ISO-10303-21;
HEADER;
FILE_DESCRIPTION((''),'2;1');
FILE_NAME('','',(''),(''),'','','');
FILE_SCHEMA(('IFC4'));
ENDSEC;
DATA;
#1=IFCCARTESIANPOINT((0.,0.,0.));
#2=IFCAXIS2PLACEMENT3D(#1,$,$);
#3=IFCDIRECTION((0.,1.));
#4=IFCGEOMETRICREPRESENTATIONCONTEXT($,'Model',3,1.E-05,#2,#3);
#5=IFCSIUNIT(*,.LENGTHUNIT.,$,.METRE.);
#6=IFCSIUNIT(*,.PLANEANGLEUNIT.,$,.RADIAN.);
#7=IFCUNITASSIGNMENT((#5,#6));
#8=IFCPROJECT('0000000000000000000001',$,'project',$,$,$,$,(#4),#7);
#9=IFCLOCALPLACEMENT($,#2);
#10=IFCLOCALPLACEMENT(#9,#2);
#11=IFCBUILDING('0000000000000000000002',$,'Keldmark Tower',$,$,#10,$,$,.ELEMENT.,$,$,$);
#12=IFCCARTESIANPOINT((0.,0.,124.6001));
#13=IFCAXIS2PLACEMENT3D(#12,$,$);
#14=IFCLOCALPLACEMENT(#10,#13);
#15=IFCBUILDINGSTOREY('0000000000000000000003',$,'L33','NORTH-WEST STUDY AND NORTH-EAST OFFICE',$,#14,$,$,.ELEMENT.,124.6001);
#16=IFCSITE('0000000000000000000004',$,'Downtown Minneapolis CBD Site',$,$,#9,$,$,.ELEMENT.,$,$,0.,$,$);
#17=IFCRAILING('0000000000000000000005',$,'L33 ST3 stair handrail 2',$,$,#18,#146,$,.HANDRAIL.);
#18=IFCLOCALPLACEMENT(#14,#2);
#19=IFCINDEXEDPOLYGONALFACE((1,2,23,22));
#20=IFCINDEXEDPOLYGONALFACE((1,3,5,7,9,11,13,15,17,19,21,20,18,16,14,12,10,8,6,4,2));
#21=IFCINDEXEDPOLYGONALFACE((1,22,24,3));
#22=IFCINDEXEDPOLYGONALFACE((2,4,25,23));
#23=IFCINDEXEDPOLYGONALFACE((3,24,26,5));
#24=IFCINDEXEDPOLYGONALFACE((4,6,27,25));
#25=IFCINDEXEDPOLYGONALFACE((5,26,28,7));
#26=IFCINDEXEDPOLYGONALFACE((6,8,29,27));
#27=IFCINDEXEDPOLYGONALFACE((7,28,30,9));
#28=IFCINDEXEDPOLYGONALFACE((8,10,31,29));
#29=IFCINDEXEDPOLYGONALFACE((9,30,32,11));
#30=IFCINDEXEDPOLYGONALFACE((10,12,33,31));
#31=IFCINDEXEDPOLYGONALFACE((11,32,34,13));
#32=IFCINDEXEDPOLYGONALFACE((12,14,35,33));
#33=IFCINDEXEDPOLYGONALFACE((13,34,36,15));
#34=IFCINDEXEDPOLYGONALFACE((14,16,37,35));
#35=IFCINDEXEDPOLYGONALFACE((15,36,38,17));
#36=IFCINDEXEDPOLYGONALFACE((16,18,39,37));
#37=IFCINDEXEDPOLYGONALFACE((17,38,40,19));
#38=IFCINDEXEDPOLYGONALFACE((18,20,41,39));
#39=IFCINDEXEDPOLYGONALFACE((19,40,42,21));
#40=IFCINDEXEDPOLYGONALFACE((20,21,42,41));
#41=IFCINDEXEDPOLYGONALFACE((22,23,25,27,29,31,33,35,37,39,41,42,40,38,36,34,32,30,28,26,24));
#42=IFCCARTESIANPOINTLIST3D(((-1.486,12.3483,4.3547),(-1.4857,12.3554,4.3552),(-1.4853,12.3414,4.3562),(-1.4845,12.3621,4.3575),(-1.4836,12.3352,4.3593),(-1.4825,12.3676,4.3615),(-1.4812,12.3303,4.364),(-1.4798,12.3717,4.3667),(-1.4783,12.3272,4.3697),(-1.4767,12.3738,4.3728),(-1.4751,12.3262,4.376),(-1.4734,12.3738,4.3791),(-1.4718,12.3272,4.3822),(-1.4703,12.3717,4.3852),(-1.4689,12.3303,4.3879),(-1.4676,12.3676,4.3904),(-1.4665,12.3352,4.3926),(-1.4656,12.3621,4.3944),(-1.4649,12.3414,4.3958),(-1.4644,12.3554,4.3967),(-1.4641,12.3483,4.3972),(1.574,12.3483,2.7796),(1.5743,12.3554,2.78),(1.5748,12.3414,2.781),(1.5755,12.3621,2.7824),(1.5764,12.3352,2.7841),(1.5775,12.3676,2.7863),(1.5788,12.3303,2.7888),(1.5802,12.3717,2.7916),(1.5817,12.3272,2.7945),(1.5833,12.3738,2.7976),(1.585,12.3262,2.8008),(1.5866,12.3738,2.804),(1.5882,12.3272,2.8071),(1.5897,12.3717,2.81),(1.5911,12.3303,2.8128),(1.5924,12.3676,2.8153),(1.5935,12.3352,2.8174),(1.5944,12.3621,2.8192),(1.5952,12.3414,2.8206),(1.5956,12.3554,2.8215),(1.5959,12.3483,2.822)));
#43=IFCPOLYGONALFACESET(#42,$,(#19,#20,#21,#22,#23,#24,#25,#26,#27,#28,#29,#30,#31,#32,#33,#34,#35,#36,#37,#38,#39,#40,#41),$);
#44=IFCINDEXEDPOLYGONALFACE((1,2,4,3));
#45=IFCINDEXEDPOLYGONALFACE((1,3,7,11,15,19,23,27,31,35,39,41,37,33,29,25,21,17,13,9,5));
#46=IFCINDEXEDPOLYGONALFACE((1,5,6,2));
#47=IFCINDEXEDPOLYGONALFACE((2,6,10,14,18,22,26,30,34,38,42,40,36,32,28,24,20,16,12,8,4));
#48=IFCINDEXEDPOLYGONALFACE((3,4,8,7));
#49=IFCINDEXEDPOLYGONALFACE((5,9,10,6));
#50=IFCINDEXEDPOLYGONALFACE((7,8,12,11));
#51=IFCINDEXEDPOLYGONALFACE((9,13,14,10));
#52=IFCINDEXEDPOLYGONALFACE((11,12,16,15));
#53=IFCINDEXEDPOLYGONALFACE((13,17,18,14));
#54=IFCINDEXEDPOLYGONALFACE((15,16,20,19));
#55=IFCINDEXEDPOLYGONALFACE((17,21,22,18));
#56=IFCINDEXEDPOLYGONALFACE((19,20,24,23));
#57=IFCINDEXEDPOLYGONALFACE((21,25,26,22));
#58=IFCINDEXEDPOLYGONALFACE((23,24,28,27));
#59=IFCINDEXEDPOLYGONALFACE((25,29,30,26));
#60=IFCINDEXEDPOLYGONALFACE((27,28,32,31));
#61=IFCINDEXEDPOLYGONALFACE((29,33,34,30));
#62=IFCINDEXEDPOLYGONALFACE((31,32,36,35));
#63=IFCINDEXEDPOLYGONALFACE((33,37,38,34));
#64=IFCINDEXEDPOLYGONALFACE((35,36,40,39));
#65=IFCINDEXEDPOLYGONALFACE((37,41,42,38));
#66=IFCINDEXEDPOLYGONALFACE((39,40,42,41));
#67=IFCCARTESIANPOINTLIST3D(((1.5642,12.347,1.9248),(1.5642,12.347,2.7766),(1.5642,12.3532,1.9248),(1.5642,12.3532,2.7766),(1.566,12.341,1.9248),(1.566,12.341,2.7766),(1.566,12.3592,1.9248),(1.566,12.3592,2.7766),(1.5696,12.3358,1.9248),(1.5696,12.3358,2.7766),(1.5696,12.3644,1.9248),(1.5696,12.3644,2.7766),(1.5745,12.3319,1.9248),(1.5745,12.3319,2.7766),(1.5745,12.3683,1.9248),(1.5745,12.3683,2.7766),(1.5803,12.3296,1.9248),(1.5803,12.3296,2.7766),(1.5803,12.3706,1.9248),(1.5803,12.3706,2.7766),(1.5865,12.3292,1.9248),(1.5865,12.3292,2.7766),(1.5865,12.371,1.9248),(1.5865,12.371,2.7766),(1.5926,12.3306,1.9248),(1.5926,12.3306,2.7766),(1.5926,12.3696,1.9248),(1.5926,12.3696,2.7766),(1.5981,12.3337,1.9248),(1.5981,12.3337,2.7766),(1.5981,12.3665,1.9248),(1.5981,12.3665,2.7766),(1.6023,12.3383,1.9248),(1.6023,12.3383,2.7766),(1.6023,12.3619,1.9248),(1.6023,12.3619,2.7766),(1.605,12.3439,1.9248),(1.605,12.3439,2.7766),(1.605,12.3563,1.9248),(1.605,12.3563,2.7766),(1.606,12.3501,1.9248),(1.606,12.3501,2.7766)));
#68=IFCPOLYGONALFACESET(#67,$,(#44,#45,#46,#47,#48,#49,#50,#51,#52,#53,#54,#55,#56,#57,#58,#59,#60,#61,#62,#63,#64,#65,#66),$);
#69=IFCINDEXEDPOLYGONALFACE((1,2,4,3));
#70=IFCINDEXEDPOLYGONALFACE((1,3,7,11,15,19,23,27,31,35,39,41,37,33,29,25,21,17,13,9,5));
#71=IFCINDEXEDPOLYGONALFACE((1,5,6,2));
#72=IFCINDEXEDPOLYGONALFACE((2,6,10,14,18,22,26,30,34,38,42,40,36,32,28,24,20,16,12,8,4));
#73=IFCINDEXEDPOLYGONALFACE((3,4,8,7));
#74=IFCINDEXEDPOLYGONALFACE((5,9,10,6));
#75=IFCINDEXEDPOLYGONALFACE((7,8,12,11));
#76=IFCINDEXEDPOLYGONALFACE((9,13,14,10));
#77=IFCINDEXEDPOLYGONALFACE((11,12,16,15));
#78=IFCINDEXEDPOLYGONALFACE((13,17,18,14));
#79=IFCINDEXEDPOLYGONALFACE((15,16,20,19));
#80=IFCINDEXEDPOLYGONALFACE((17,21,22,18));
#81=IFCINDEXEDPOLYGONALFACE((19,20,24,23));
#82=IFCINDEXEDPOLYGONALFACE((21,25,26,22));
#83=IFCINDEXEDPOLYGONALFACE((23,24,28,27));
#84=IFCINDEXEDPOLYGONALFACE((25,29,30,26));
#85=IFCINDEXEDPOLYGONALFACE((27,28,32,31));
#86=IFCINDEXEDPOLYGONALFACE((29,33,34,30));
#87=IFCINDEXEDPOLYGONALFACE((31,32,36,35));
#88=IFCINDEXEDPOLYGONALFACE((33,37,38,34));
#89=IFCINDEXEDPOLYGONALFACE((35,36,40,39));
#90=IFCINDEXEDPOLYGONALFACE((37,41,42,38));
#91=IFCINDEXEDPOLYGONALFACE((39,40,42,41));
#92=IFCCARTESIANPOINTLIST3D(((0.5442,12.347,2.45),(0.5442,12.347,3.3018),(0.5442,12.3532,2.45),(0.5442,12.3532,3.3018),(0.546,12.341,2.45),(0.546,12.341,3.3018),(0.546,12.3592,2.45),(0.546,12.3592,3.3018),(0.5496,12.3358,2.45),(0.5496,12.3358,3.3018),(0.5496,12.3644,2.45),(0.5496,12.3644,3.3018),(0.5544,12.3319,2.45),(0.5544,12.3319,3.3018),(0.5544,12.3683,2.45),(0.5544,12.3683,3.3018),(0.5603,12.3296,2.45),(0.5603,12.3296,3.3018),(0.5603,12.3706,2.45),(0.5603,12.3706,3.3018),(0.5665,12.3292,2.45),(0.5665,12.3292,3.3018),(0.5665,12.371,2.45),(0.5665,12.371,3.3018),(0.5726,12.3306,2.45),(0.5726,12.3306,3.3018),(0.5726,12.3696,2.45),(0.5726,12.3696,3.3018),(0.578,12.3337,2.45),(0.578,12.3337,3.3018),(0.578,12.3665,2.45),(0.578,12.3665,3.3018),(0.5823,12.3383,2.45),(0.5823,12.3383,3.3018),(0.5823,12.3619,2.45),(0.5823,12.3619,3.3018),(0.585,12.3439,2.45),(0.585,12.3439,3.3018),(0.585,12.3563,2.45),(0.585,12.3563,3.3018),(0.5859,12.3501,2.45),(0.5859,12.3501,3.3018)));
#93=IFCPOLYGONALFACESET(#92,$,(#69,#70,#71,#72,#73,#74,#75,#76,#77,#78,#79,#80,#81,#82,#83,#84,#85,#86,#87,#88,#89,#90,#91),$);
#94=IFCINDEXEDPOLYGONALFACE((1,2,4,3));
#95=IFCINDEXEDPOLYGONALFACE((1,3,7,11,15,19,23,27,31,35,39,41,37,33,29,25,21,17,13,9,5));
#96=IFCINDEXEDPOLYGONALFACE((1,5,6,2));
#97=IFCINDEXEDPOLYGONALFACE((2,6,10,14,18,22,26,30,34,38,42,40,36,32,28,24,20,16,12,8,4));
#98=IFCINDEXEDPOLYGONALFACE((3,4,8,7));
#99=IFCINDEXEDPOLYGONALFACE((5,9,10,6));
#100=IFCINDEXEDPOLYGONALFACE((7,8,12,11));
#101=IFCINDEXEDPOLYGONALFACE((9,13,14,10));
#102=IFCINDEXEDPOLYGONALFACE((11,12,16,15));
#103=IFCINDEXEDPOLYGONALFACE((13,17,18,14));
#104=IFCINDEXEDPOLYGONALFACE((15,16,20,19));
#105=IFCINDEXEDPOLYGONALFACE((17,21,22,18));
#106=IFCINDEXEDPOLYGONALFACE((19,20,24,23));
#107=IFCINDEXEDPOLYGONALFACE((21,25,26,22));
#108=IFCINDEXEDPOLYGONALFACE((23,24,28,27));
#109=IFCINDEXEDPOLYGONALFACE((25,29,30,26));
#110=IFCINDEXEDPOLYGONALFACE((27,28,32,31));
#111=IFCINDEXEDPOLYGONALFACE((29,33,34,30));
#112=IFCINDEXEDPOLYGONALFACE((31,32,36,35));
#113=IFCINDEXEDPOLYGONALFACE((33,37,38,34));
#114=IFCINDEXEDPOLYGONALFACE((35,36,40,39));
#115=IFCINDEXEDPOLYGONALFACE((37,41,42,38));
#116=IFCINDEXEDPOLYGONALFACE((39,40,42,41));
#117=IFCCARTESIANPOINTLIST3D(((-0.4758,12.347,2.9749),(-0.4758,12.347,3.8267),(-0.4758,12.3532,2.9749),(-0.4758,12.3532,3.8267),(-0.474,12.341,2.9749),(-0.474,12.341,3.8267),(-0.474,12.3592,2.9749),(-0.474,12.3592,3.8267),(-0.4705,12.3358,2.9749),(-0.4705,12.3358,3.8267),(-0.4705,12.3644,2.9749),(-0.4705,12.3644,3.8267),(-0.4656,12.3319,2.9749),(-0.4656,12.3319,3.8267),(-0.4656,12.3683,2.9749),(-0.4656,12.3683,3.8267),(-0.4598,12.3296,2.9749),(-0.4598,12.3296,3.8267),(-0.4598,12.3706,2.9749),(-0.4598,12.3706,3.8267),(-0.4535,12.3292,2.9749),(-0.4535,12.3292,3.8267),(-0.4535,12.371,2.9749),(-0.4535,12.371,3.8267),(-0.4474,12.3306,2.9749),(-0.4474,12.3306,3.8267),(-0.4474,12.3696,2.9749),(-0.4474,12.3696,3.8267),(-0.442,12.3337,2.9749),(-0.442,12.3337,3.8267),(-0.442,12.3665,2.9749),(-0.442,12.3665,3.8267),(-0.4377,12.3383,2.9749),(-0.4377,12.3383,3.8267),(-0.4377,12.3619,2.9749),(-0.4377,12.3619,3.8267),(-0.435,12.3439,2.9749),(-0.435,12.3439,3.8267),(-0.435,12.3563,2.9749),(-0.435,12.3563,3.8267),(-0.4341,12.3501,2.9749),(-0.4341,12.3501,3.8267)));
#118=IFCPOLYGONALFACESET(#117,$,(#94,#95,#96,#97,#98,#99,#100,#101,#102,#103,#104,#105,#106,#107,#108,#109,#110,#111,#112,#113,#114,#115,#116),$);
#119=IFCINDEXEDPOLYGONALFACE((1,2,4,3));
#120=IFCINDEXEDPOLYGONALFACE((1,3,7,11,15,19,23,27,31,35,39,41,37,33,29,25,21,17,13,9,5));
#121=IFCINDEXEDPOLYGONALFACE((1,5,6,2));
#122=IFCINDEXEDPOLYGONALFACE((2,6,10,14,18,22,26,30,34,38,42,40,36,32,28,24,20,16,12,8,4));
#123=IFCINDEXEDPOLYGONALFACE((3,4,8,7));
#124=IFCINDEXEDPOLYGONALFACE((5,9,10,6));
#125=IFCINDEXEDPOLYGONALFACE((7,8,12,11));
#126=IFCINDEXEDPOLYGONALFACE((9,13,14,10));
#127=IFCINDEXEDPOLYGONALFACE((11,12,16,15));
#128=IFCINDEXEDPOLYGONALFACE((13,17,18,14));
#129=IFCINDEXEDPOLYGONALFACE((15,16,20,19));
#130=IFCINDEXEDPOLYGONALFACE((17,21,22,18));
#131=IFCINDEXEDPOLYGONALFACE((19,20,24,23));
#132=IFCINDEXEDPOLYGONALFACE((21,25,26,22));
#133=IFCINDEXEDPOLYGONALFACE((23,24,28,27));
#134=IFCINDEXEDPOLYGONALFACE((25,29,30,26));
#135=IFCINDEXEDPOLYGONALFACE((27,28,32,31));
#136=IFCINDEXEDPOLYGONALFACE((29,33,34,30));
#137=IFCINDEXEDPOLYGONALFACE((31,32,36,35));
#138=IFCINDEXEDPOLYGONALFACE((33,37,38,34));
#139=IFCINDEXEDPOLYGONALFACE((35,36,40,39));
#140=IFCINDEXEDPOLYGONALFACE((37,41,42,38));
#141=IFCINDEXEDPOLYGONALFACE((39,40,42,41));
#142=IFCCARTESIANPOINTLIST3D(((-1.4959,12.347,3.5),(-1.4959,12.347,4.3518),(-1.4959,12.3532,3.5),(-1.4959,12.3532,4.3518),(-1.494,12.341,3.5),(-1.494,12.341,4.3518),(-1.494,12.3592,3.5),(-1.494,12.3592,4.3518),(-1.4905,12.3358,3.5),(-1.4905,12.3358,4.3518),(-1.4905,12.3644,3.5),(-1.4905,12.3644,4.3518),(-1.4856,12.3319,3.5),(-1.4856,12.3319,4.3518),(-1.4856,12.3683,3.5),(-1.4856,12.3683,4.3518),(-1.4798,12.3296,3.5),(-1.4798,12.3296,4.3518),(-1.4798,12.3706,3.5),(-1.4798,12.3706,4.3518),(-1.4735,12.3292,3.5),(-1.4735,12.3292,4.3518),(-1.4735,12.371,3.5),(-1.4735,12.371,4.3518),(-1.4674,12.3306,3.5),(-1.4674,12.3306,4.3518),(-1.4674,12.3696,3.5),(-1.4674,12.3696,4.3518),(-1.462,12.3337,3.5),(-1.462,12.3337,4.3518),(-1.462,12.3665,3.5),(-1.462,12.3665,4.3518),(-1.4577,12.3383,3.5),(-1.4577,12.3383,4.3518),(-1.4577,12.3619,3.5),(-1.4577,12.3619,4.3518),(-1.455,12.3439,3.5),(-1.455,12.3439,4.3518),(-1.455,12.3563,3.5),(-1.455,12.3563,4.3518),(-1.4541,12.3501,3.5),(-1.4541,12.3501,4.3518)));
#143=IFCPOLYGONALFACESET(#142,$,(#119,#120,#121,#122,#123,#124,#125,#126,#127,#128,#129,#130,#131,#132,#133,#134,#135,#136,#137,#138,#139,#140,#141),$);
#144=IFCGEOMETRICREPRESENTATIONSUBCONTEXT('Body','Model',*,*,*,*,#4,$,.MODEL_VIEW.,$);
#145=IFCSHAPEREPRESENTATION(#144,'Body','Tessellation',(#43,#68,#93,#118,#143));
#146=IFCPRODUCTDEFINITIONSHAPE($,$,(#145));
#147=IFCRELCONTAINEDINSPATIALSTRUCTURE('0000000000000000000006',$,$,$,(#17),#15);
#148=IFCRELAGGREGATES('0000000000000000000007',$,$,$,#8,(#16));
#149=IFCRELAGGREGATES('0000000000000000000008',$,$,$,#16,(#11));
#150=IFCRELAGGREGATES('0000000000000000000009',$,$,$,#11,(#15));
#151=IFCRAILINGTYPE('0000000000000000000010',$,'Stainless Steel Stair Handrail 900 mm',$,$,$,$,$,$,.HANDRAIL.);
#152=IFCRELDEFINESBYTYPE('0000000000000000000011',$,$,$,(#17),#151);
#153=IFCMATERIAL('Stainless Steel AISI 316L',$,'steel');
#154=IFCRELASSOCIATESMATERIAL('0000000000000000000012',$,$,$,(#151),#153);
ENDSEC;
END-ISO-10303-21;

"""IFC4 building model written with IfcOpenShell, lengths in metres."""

from ifc_helpers import new_model, si_unit, direction, frame, origin, origin_2d, place, context, subcontext, project, spatial, circle, extrude, material, type_object, element, save


model = new_model("IFC4")

# Units and contexts
model_context = context("Model", 3, precision=1e-05, world=origin(), true_north=direction((0.0, 1.0)))
body_context = subcontext(model_context, "Body", "Model", "MODEL_VIEW")
ifc_project = project(units=[si_unit("LENGTHUNIT", "METRE"), si_unit("PLANEANGLEUNIT", "RADIAN")], contexts=[model_context])

# Site, building, storey
site_placement = place(None, origin())
site = spatial("IfcSite", under=ifc_project, at=site_placement, Name="Downtown Minneapolis CBD Site", CompositionType="ELEMENT", RefElevation=0.0)
building_placement = place(site_placement, origin())
building = spatial("IfcBuilding", under=site, at=building_placement, Name="Keldmark Tower", CompositionType="ELEMENT")
storey_placement = place(building_placement, frame((0.0, 0.0, 124.6001)))
storey = spatial("IfcBuildingStorey", under=building, at=storey_placement, Name="L33", Description="NORTH-WEST STUDY AND NORTH-EAST OFFICE", CompositionType="ELEMENT", Elevation=124.6001)

# Railing
ifc_material_1 = material(Name="Stainless Steel AISI 316L", Category="steel")
railing_type_1 = type_object("IfcRailingType", Name="Stainless Steel Stair Handrail 900 mm", PredefinedType="HANDRAIL", material=ifc_material_1)
railing_1_placement = place(storey_placement, frame((1.585, 12.3501, 1.9248)))
element("IfcRailing", 1, at=railing_1_placement, inside=storey, type_object=railing_type_1, Name="L33 ST3 stair handrail 2", PredefinedType="HANDRAIL", context=body_context, shape_type="SweptSolid", body=[
    extrude(circle(Radius=0.0239, at=origin_2d()), frame((0.0, 0.0, 0.876), z_axis=(-0.889116, 0.0, 0.457681), x_axis=(0.0, -1.0, 0.0)), (0.0, 0.0, 1.0), 3.4417),
    extrude(circle(Radius=0.021, at=origin_2d()), origin(), (0.0, 0.0, 1.0), 0.8518),
    extrude(circle(Radius=0.021, at=origin_2d()), frame((-1.02, 0.0, 0.5251)), (0.0, 0.0, 1.0), 0.8518),
    extrude(circle(Radius=0.021, at=origin_2d()), frame((-2.04, 0.0, 1.05)), (0.0, 0.0, 1.0), 0.8518),
    extrude(circle(Radius=0.021, at=origin_2d()), frame((-3.0601, 0.0, 1.5752)), (0.0, 0.0, 1.0), 0.8518),
])

save(model, "model.ifc")
